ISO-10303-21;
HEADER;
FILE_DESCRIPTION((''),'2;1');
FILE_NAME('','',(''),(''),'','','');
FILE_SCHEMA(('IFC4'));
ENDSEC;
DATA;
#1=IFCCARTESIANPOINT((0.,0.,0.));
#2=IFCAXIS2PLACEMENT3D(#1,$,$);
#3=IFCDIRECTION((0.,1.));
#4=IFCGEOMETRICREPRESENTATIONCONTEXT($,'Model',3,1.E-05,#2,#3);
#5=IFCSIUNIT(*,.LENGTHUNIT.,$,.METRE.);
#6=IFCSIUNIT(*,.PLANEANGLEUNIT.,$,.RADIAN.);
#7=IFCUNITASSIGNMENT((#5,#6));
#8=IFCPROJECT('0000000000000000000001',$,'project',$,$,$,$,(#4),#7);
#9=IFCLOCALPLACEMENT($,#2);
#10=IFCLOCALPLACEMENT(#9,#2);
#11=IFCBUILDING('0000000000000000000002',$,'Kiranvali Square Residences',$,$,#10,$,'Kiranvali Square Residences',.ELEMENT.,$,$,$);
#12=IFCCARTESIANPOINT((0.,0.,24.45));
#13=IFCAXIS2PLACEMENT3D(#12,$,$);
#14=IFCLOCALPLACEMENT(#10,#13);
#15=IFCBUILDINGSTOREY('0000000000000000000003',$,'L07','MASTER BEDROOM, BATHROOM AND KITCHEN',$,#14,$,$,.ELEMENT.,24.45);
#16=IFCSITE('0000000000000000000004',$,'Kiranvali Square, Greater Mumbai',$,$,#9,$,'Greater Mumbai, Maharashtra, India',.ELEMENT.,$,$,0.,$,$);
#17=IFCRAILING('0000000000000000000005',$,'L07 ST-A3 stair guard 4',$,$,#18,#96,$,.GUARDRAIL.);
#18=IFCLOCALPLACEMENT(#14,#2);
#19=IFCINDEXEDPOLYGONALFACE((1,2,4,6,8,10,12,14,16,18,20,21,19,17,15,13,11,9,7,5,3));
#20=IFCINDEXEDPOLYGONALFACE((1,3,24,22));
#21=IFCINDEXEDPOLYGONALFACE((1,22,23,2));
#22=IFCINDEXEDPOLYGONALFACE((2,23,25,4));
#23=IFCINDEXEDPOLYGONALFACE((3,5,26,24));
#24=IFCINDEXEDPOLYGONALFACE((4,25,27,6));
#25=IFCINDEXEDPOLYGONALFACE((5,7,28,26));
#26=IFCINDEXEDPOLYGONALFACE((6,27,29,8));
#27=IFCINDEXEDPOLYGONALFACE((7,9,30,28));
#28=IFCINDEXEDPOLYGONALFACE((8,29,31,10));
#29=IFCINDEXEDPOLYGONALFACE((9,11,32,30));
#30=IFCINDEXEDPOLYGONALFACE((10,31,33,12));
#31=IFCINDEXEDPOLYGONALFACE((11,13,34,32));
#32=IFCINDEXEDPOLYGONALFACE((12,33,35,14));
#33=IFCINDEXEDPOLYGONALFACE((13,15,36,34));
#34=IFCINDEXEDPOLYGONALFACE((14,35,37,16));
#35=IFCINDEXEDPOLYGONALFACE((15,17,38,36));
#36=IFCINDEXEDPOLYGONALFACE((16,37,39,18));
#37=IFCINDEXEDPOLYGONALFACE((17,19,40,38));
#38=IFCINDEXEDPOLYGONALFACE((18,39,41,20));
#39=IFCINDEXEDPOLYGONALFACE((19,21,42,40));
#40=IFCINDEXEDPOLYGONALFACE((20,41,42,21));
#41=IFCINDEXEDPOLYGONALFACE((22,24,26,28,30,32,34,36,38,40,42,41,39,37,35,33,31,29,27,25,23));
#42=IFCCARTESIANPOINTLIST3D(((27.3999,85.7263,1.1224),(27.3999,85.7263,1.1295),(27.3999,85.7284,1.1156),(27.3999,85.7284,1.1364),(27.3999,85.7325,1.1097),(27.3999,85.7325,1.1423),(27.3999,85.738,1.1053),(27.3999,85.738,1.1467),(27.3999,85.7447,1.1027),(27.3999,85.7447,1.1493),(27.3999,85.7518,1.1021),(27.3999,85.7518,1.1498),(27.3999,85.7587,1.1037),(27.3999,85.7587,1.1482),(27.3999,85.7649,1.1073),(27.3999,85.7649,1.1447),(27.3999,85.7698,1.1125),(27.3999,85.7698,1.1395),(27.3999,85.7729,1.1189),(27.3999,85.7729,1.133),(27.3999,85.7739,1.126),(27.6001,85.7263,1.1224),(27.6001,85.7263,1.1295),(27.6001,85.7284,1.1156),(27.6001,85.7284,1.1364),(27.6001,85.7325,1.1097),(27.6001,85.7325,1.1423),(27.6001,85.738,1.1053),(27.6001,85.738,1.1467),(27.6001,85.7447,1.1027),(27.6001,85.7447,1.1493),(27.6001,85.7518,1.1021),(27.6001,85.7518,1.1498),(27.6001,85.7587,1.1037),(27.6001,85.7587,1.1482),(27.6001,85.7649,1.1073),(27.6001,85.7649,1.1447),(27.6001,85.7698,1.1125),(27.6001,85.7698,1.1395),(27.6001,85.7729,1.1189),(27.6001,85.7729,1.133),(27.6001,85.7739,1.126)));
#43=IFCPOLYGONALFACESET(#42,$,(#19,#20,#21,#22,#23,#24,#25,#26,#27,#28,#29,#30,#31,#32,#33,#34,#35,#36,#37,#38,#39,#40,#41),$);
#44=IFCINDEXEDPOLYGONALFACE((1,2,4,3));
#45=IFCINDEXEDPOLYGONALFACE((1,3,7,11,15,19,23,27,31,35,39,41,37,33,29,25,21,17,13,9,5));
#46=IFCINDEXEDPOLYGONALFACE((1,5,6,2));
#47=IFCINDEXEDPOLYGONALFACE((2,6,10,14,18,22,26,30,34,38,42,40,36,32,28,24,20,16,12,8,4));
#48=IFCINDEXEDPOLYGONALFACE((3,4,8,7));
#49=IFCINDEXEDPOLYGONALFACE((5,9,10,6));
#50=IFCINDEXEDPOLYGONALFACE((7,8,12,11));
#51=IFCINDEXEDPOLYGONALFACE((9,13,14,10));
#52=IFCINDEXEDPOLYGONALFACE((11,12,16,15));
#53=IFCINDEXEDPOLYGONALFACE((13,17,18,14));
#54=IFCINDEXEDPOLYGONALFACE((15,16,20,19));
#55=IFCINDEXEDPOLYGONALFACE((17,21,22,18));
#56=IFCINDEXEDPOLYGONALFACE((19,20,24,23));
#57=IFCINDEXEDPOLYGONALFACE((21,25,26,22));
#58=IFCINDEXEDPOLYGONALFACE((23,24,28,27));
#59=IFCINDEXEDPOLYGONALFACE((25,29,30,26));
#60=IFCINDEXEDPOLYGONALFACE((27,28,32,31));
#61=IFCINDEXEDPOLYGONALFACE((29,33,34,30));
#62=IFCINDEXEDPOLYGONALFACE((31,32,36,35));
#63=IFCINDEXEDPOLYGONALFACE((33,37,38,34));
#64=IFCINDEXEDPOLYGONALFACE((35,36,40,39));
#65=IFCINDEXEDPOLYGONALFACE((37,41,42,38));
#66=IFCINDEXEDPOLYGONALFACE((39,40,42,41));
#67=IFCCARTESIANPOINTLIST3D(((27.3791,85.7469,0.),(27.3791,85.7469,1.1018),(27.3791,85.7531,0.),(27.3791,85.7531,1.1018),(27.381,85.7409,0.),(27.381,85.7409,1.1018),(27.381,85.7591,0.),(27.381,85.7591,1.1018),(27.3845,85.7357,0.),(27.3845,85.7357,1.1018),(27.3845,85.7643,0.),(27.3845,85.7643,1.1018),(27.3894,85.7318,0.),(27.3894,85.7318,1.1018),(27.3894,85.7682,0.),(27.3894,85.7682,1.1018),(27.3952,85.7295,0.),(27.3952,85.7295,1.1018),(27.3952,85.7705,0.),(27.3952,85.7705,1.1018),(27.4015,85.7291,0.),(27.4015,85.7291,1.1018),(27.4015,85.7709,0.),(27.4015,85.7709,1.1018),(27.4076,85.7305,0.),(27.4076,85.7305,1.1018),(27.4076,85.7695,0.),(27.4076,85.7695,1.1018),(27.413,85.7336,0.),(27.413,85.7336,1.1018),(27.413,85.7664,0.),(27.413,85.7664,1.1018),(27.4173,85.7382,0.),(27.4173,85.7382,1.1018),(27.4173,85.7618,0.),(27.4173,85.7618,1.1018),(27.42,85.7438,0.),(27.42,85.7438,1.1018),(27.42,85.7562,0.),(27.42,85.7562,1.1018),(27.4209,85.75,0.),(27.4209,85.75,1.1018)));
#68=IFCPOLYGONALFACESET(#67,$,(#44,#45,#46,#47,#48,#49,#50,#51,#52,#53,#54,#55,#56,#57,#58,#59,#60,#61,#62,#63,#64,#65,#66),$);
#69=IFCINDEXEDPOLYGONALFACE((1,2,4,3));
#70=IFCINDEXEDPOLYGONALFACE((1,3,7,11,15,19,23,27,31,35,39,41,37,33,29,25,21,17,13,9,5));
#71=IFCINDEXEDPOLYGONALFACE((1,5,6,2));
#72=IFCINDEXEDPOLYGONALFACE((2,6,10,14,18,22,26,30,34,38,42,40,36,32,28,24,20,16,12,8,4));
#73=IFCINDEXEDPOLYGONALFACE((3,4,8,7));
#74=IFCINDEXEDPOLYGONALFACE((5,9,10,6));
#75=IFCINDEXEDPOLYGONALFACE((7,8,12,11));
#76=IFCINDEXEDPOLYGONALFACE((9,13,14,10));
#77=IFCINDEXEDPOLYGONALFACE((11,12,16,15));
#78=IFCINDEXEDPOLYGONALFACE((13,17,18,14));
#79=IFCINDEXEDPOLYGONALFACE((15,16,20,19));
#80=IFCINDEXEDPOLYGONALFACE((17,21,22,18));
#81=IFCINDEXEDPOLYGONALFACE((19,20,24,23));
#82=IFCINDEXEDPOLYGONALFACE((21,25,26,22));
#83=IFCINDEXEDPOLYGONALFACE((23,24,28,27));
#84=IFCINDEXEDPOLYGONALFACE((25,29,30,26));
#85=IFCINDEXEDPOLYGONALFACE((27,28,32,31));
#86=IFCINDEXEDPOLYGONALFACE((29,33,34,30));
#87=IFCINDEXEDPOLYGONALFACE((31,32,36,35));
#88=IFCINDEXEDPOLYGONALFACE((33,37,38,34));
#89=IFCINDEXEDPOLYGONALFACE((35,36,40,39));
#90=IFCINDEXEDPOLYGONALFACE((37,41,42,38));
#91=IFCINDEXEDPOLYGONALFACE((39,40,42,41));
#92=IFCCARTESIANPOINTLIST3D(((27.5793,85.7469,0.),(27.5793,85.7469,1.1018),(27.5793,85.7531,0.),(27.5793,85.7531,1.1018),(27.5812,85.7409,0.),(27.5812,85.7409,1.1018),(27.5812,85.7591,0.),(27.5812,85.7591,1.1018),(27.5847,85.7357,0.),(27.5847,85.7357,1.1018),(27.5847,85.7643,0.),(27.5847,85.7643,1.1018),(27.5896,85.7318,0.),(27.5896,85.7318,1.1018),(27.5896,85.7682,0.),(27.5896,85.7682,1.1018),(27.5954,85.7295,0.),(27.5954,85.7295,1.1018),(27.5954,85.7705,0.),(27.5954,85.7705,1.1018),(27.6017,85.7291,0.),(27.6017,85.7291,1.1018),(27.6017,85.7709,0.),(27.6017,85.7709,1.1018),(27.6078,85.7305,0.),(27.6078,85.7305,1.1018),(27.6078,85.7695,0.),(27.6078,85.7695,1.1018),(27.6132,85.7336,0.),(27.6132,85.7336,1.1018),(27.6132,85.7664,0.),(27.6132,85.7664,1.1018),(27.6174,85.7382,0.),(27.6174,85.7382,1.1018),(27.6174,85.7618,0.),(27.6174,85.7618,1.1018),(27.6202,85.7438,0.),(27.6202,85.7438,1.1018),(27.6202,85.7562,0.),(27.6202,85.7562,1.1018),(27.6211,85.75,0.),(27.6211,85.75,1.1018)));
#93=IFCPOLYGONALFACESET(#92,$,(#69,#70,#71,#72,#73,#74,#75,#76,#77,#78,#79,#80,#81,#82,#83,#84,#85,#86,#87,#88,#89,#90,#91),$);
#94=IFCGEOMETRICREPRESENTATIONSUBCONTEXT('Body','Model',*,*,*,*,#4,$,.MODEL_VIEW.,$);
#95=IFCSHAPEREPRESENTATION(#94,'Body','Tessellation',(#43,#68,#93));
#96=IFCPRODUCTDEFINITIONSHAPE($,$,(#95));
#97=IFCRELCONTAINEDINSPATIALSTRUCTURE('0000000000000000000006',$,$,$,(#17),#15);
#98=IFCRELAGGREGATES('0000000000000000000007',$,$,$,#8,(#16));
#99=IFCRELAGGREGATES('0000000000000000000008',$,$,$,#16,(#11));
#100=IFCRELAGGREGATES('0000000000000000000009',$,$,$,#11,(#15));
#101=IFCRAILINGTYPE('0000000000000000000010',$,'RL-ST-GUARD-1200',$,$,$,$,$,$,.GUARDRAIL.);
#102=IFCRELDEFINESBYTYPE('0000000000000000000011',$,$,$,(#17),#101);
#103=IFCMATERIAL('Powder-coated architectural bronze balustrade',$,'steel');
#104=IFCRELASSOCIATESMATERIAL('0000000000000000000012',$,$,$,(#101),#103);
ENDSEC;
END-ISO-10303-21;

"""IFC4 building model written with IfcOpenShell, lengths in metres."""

from ifc_helpers import new_model, si_unit, direction, frame, origin, origin_2d, place, context, subcontext, project, spatial, circle, extrude, material, type_object, element, save


model = new_model("IFC4")

# Units and contexts
model_context = context("Model", 3, precision=1e-05, world=origin(), true_north=direction((0.0, 1.0)))
body_context = subcontext(model_context, "Body", "Model", "MODEL_VIEW")
ifc_project = project(units=[si_unit("LENGTHUNIT", "METRE"), si_unit("PLANEANGLEUNIT", "RADIAN")], contexts=[model_context])

# Site, building, storey
site_placement = place(None, origin())
site = spatial("IfcSite", under=ifc_project, at=site_placement, Name="Kiranvali Square, Greater Mumbai", LongName="Greater Mumbai, Maharashtra, India", CompositionType="ELEMENT", RefElevation=0.0)
building_placement = place(site_placement, origin())
building = spatial("IfcBuilding", under=site, at=building_placement, Name="Kiranvali Square Residences", LongName="Kiranvali Square Residences", CompositionType="ELEMENT")
storey_placement = place(building_placement, frame((0.0, 0.0, 24.45)))
storey = spatial("IfcBuildingStorey", under=building, at=storey_placement, Name="L07", Description="MASTER BEDROOM, BATHROOM AND KITCHEN", CompositionType="ELEMENT", Elevation=24.45)

# Railing
ifc_material_1 = material(Name="Powder-coated architectural bronze balustrade", Category="steel")
railing_type_1 = type_object("IfcRailingType", Name="RL-ST-GUARD-1200", PredefinedType="GUARDRAIL", material=ifc_material_1)
railing_1_placement = place(storey_placement, frame((27.3999, 85.75, 0.0)))
element("IfcRailing", 1, at=railing_1_placement, inside=storey, type_object=railing_type_1, Name="L07 ST-A3 stair guard 4", PredefinedType="GUARDRAIL", context=body_context, shape_type="SweptSolid", body=[
    extrude(circle(Radius=0.0239, at=origin_2d()), frame((0.0, 0.0, 1.126), z_axis=(1.0, 0.0, 0.0), x_axis=(0.0, 1.0, 0.0)), (0.0, 0.0, 1.0), 0.2002),
    extrude(circle(Radius=0.021, at=origin_2d()), origin(), (0.0, 0.0, 1.0), 1.1018),
    extrude(circle(Radius=0.021, at=origin_2d()), frame((0.2002, 0.0, 0.0)), (0.0, 0.0, 1.0), 1.1018),
])

save(model, "model.ifc")
